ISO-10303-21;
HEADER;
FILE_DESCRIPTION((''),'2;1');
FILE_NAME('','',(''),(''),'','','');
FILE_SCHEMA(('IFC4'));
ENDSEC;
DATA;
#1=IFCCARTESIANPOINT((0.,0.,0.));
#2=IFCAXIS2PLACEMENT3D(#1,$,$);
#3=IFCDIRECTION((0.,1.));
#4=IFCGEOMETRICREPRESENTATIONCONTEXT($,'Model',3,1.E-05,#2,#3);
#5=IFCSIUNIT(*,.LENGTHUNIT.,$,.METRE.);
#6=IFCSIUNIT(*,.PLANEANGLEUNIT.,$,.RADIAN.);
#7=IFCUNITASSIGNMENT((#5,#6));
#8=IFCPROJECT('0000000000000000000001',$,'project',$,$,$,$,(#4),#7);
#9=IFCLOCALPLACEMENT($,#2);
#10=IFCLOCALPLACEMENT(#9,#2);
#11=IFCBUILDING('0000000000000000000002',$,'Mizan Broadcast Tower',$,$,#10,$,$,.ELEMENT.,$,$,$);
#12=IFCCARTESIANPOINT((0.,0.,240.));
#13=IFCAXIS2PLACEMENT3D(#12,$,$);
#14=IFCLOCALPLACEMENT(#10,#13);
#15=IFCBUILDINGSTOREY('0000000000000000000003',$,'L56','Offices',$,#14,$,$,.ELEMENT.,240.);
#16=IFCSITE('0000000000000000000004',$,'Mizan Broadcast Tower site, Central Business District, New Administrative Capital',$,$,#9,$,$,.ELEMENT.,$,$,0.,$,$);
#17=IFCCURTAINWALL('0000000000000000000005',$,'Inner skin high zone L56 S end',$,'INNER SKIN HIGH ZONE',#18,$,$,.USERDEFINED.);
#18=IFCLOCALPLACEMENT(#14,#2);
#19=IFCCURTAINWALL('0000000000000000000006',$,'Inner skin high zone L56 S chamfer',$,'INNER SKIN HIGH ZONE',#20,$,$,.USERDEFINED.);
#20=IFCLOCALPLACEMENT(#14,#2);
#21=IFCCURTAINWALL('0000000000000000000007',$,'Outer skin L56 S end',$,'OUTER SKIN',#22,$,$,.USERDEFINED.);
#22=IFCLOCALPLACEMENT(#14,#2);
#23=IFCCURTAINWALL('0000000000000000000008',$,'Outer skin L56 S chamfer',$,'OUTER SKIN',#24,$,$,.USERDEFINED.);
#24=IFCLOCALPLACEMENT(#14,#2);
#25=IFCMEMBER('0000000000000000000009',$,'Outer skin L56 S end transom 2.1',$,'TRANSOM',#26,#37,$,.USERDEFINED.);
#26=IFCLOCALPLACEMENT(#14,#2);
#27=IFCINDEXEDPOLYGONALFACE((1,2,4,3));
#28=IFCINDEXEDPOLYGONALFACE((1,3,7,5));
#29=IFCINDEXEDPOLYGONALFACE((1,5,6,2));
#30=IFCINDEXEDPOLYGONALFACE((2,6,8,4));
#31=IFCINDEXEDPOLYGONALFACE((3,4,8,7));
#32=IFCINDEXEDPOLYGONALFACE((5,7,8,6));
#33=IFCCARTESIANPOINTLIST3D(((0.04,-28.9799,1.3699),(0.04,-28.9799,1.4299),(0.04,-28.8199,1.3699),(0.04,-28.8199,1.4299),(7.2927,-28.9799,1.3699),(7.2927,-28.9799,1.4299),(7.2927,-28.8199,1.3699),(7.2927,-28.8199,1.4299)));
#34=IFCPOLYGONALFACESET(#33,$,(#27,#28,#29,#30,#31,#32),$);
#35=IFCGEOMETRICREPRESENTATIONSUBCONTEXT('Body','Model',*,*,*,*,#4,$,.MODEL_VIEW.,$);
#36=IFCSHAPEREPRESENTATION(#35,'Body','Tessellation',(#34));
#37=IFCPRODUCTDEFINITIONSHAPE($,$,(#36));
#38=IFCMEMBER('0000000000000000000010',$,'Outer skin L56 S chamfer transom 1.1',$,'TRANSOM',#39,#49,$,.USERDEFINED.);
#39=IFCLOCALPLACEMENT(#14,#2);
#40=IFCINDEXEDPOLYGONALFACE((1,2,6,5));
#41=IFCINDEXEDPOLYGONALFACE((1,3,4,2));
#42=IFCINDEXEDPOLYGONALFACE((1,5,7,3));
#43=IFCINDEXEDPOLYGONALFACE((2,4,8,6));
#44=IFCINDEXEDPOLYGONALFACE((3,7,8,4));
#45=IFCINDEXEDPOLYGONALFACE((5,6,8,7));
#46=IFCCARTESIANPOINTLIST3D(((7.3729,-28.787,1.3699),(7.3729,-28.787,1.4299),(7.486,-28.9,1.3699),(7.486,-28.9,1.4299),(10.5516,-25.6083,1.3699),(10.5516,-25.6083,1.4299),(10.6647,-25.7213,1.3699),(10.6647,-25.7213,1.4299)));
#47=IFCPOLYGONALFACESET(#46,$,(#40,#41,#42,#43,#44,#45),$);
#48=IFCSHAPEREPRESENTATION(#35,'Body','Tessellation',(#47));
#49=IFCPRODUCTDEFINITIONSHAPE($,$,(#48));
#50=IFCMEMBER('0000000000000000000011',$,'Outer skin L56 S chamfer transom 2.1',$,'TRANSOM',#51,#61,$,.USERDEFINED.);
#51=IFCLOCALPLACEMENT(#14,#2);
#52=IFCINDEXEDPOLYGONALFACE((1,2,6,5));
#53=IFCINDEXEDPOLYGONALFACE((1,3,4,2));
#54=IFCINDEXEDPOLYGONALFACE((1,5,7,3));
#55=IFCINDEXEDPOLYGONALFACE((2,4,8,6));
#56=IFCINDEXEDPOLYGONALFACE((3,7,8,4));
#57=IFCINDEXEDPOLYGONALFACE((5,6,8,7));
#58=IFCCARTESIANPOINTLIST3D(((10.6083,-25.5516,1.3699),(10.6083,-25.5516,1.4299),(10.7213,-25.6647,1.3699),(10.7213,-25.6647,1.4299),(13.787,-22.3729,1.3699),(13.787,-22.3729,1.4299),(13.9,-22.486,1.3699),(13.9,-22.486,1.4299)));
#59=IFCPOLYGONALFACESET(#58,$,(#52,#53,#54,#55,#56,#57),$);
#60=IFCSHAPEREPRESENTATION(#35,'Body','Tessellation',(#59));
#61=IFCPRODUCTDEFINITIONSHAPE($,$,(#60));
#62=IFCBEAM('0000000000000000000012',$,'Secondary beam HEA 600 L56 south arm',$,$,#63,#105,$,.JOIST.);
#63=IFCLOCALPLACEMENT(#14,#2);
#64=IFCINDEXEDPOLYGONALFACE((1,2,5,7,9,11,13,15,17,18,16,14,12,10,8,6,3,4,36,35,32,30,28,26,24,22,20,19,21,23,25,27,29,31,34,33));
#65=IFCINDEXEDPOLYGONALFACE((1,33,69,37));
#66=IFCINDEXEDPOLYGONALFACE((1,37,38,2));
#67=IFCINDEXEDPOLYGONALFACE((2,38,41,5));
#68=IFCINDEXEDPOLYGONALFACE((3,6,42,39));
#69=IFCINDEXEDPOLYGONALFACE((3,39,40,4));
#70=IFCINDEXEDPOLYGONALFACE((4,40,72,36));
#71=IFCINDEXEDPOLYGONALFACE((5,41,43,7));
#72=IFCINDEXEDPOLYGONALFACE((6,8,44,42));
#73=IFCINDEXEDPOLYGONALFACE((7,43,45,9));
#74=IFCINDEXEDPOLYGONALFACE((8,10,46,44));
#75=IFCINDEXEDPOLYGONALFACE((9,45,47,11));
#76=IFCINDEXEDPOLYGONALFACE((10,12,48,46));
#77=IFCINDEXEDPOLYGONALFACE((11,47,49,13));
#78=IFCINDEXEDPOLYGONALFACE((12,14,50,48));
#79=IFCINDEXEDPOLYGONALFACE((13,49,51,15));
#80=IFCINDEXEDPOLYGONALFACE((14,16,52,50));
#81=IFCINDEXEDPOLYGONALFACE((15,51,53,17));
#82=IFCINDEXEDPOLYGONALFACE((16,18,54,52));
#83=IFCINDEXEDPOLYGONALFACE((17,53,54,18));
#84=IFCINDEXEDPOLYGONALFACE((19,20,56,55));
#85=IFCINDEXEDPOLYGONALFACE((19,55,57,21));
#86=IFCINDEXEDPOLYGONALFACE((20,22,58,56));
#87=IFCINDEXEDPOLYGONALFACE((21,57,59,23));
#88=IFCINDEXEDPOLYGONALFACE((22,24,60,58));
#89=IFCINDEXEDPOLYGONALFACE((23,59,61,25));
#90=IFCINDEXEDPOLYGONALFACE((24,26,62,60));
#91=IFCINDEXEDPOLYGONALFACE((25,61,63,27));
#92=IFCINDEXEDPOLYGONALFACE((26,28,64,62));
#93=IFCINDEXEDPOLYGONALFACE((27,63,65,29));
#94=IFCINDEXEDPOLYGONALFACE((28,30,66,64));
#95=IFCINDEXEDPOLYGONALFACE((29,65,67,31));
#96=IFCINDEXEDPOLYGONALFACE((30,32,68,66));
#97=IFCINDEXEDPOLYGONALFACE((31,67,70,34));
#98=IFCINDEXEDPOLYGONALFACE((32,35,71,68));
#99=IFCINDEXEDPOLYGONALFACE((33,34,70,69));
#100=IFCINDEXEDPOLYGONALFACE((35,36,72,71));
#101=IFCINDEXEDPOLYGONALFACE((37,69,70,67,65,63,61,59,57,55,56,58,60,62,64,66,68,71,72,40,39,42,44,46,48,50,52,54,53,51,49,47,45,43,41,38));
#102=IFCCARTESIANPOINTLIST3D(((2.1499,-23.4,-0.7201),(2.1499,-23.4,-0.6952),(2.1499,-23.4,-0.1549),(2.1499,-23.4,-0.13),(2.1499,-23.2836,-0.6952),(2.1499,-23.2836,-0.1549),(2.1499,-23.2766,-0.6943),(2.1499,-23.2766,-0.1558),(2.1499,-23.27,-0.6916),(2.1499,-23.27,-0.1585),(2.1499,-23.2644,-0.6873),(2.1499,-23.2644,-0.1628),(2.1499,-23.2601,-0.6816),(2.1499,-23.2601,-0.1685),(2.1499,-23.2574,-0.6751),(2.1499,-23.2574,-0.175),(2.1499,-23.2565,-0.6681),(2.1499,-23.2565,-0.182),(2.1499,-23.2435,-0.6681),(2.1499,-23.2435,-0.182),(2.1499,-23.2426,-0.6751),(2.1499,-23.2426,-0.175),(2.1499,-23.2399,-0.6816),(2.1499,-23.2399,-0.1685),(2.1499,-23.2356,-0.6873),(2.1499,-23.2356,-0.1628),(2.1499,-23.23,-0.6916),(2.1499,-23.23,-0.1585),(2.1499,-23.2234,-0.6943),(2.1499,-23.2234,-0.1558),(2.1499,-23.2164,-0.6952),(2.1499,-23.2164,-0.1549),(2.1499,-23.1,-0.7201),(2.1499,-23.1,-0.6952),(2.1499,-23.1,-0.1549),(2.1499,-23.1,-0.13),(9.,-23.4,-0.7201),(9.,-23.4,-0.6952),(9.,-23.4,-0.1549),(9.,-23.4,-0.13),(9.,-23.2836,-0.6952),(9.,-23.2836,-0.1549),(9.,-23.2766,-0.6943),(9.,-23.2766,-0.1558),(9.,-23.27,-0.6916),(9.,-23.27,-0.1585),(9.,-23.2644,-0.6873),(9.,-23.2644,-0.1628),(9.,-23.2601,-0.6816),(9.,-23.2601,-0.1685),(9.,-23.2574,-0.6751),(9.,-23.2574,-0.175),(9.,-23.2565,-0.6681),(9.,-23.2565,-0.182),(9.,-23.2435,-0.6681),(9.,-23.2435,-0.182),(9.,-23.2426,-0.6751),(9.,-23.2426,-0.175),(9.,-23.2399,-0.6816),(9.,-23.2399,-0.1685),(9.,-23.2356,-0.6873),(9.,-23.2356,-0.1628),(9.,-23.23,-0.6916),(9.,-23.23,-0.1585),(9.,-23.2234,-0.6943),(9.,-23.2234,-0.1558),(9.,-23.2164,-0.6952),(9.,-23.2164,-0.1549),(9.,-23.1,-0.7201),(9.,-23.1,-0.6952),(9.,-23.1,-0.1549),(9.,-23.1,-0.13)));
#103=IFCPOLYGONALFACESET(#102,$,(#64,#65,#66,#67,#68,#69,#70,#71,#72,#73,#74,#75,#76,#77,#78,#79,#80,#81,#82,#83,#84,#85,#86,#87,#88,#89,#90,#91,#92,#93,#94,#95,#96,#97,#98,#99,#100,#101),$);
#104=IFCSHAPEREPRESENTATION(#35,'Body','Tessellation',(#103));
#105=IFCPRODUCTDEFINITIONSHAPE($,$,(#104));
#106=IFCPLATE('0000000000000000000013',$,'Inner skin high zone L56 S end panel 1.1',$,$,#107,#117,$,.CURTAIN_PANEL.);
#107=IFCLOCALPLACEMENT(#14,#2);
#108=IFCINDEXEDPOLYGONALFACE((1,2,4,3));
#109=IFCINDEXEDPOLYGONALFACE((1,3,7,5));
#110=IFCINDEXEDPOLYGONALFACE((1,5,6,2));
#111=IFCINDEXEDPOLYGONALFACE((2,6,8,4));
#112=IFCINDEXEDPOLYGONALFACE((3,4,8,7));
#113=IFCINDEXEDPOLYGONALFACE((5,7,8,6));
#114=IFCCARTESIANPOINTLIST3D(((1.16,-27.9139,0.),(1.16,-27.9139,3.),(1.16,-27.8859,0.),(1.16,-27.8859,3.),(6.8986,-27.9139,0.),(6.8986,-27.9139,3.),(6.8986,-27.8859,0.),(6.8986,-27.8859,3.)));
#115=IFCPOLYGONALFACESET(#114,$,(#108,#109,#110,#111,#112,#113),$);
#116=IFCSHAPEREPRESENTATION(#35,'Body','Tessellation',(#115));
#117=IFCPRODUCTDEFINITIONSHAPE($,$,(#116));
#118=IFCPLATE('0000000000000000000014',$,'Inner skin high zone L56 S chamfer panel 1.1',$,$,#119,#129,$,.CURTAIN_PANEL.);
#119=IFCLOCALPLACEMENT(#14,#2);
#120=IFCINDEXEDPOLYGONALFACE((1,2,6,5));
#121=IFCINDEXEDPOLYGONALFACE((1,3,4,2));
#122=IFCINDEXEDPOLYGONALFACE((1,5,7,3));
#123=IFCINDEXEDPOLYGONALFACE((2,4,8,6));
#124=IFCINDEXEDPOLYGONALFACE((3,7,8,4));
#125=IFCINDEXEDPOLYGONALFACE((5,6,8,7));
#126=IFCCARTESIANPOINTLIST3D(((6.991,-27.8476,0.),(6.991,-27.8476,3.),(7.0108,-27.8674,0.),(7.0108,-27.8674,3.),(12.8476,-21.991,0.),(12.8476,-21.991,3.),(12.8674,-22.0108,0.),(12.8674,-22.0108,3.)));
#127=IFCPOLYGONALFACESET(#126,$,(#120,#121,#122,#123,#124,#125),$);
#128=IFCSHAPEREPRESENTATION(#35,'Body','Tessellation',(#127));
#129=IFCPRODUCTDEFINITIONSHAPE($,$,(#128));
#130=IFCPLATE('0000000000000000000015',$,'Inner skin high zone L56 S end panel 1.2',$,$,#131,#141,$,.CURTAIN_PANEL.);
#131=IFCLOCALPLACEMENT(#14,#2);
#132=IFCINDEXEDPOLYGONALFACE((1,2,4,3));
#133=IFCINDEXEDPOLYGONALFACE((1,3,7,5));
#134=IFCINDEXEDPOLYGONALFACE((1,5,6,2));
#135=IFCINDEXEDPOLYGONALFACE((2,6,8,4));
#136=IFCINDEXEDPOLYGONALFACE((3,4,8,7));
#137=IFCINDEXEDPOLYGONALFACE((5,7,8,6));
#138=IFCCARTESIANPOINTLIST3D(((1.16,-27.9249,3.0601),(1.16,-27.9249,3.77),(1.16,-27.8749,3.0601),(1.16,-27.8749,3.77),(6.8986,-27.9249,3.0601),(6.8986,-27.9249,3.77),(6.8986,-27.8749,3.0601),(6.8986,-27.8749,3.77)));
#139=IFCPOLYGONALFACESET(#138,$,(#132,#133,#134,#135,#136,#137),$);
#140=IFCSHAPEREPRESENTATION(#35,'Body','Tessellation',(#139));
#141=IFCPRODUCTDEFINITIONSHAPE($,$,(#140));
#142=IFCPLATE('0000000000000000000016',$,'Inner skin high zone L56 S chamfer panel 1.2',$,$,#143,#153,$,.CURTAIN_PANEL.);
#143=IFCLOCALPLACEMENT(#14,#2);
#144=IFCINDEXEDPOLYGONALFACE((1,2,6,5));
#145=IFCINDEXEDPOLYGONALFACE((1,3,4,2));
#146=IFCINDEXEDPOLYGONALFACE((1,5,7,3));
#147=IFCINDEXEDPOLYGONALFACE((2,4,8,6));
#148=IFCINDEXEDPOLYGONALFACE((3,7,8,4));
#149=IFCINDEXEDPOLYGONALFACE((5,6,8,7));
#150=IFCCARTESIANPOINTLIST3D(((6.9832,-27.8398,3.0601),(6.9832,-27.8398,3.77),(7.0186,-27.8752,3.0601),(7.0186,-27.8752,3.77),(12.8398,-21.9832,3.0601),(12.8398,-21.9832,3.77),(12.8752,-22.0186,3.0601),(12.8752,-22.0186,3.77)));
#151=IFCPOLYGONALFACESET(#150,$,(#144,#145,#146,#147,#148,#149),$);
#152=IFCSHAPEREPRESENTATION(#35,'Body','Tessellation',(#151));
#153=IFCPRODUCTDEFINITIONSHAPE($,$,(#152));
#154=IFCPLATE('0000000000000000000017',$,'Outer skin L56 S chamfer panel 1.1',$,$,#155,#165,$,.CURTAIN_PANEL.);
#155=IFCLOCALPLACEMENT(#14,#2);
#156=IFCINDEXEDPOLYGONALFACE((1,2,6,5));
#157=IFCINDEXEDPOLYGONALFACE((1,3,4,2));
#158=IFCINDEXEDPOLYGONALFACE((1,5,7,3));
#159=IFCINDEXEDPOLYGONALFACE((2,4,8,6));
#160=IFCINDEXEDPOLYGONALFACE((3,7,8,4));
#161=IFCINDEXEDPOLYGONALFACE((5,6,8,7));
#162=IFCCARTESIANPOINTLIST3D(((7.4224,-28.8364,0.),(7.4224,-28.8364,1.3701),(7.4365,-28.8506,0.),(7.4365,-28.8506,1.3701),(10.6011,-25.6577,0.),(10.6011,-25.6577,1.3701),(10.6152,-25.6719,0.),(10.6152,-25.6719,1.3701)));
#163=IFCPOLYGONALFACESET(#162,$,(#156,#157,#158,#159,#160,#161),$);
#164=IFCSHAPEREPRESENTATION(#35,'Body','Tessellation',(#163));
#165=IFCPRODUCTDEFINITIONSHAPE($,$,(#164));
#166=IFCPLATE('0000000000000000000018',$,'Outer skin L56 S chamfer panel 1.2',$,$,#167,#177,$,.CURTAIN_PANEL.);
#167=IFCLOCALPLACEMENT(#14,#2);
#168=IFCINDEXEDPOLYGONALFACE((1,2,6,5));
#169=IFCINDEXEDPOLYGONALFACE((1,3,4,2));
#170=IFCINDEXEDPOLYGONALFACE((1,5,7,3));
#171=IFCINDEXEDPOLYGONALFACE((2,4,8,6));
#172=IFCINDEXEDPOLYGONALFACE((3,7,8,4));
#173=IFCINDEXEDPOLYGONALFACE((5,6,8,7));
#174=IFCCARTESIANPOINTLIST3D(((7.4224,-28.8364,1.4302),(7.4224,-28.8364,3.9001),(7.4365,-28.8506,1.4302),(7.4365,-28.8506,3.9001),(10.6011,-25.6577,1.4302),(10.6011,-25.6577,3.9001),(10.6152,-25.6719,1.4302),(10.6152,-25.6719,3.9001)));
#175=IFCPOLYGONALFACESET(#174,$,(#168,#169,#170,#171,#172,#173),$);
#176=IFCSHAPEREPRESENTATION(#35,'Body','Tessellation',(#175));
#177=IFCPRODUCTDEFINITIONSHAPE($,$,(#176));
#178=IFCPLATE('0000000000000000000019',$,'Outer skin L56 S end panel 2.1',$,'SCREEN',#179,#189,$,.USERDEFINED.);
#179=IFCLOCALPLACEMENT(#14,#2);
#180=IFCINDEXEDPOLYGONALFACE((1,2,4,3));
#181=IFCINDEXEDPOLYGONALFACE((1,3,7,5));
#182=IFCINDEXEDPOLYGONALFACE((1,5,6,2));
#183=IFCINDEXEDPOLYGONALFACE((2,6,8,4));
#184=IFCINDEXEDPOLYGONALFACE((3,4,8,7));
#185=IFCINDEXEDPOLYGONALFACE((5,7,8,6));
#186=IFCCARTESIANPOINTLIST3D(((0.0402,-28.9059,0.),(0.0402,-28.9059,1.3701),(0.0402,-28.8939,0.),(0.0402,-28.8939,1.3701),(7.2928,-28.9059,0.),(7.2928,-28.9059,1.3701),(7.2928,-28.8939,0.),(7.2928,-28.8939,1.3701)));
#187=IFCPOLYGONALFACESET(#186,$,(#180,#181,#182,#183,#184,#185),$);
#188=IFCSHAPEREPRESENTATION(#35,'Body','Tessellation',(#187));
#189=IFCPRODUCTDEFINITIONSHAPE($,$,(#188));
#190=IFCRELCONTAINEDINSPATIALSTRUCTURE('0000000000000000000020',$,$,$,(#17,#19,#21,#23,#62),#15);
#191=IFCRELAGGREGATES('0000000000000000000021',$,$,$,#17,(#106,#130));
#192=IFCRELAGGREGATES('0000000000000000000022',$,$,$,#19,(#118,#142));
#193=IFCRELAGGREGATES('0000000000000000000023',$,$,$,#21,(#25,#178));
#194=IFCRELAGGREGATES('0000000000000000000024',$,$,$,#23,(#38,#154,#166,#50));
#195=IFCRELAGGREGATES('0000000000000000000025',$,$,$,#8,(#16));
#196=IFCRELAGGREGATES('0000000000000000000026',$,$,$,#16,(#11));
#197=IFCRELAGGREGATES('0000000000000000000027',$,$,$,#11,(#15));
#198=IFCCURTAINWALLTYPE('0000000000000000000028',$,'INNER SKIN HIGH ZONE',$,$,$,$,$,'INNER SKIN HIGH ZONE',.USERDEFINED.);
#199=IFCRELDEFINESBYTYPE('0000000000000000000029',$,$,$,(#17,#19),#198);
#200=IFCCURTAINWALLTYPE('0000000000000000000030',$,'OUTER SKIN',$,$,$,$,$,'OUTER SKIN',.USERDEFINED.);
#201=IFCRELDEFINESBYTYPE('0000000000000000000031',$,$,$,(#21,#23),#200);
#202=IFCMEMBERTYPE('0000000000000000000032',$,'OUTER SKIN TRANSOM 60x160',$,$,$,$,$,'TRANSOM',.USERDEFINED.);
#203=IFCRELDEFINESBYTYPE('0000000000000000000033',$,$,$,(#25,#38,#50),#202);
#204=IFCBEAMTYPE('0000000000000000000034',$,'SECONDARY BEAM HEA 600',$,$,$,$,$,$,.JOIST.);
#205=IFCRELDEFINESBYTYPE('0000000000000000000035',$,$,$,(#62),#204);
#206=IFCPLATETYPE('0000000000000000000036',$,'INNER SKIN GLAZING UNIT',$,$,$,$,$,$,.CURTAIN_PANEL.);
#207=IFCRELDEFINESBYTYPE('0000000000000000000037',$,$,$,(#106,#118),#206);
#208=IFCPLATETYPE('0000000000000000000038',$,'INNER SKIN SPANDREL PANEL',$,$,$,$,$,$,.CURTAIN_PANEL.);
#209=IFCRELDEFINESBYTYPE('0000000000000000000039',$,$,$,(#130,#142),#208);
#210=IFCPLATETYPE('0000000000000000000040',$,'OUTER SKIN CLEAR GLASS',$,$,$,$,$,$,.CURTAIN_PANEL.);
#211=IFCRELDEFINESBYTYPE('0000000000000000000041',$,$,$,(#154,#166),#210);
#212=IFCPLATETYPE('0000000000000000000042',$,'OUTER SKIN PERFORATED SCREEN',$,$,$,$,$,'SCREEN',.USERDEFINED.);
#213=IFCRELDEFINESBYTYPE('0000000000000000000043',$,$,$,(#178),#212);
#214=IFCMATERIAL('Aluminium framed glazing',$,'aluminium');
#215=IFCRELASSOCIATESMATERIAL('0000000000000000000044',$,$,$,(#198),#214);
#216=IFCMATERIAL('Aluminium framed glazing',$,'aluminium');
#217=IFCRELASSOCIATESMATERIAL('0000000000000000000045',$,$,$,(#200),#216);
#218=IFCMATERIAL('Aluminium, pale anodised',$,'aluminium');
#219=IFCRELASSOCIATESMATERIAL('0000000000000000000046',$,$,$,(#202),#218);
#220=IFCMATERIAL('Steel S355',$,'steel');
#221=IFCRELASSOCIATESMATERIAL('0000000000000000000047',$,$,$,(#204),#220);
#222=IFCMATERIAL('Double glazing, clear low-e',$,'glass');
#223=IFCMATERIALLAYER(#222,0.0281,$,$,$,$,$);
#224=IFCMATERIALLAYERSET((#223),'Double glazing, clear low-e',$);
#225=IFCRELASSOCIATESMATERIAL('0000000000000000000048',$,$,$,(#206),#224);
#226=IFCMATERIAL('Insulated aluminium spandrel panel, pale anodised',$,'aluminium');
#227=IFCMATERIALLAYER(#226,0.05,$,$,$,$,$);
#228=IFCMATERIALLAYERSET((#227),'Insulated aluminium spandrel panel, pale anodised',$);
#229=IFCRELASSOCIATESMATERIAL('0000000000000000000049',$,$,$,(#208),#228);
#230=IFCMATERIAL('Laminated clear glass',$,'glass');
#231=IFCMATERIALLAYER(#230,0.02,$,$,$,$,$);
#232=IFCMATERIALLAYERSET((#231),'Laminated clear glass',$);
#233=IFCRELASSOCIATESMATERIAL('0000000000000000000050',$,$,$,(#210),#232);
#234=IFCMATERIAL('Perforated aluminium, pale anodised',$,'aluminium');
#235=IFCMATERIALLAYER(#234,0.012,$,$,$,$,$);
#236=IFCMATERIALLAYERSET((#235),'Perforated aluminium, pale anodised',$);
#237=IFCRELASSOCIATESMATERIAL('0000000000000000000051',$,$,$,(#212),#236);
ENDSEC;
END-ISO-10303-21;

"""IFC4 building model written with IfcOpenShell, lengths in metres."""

from ifc_helpers import new_model, si_unit, direction, frame, origin, origin_2d, place, context, subcontext, project, spatial, rectangle, i_section, extrude, material, layer, layer_set, material_profile, profile_set, type_object, element, aggregate, save


model = new_model("IFC4")

# Units and contexts
model_context = context("Model", 3, precision=1e-05, world=origin(), true_north=direction((0.0, 1.0)))
body_context = subcontext(model_context, "Body", "Model", "MODEL_VIEW")
ifc_project = project(units=[si_unit("LENGTHUNIT", "METRE"), si_unit("PLANEANGLEUNIT", "RADIAN")], contexts=[model_context])

# Site, building, storey
site_placement = place(None, origin())
site = spatial("IfcSite", under=ifc_project, at=site_placement, Name="Mizan Broadcast Tower site, Central Business District, New Administrative Capital", CompositionType="ELEMENT", RefElevation=0.0)
building_placement = place(site_placement, origin())
building = spatial("IfcBuilding", under=site, at=building_placement, Name="Mizan Broadcast Tower", CompositionType="ELEMENT")
storey_placement = place(building_placement, frame((0.0, 0.0, 240.0)))
storey = spatial("IfcBuildingStorey", under=building, at=storey_placement, Name="L56", Description="Offices", CompositionType="ELEMENT", Elevation=240.0)

# Curtain wall
ifc_material_1 = material(Name="Aluminium framed glazing", Category="aluminium")
curtain_wall_type_1 = type_object("IfcCurtainWallType", Name="INNER SKIN HIGH ZONE", ElementType="INNER SKIN HIGH ZONE", PredefinedType="USERDEFINED", material=ifc_material_1)
curtain_wall_1_placement = place(storey_placement, origin())
curtain_wall_1 = element("IfcCurtainWall", 1, at=curtain_wall_1_placement, inside=storey, type_object=curtain_wall_type_1, Name="Inner skin high zone L56 S end", ObjectType="INNER SKIN HIGH ZONE", PredefinedType="USERDEFINED")

# Curtain wall
curtain_wall_2_placement = place(storey_placement, origin())
curtain_wall_2 = element("IfcCurtainWall", 2, at=curtain_wall_2_placement, inside=storey, type_object=curtain_wall_type_1, Name="Inner skin high zone L56 S chamfer", ObjectType="INNER SKIN HIGH ZONE", PredefinedType="USERDEFINED")

# Curtain wall
ifc_material_2 = material(Name="Aluminium framed glazing", Category="aluminium")
curtain_wall_type_2 = type_object("IfcCurtainWallType", Name="OUTER SKIN", ElementType="OUTER SKIN", PredefinedType="USERDEFINED", material=ifc_material_2)
curtain_wall_3_placement = place(storey_placement, origin())
curtain_wall_3 = element("IfcCurtainWall", 3, at=curtain_wall_3_placement, inside=storey, type_object=curtain_wall_type_2, Name="Outer skin L56 S end", ObjectType="OUTER SKIN", PredefinedType="USERDEFINED")

# Curtain wall
curtain_wall_4_placement = place(storey_placement, origin())
curtain_wall_4 = element("IfcCurtainWall", 4, at=curtain_wall_4_placement, inside=storey, type_object=curtain_wall_type_2, Name="Outer skin L56 S chamfer", ObjectType="OUTER SKIN", PredefinedType="USERDEFINED")

# Members
ifc_material_3 = material(Name="Aluminium, pale anodised", Category="aluminium")
ifc_material_profile_1 = material_profile(ifc_material_3, rectangle(XDim=0.1599, YDim=0.0601, at=origin_2d()), Name="TRANSOM 160x60")
ifc_profile_set_1 = profile_set([ifc_material_profile_1], Name="Aluminium, pale anodised")
member_type_1 = type_object("IfcMemberType", Name="OUTER SKIN TRANSOM 60x160", ElementType="TRANSOM", PredefinedType="USERDEFINED", material=ifc_profile_set_1)
member_1_placement = place(storey_placement, frame((0.04, -28.8999, 1.3999), z_axis=(1.0, 0.0, 0.0), x_axis=(0.0, 1.0, 0.0)))
member_1 = element("IfcMember", 5, at=member_1_placement, type_object=member_type_1, Name="Outer skin L56 S end transom 2.1", ObjectType="TRANSOM", PredefinedType="USERDEFINED", context=body_context, shape_type="SweptSolid", body=[
    extrude(rectangle(XDim=0.1599, YDim=0.0601, at=origin_2d()), origin(), (0.0, 0.0, 1.0), 7.2527),
])
member_2_placement = place(storey_placement, frame((7.4294, -28.8435, 1.3999), z_axis=(0.707107, 0.707107, 0.0), x_axis=(-0.707107, 0.707107, 0.0)))
member_2 = element("IfcMember", 6, at=member_2_placement, type_object=member_type_1, Name="Outer skin L56 S chamfer transom 1.1", ObjectType="TRANSOM", PredefinedType="USERDEFINED", context=body_context, shape_type="SweptSolid", body=[
    extrude(rectangle(XDim=0.1599, YDim=0.0601, at=origin_2d()), origin(), (0.0, 0.0, 1.0), 4.4954),
])
member_3_placement = place(storey_placement, frame((10.6648, -25.6082, 1.3999), z_axis=(0.707107, 0.707107, 0.0), x_axis=(-0.707107, 0.707107, 0.0)))
member_3 = element("IfcMember", 7, at=member_3_placement, type_object=member_type_1, Name="Outer skin L56 S chamfer transom 2.1", ObjectType="TRANSOM", PredefinedType="USERDEFINED", context=body_context, shape_type="SweptSolid", body=[
    extrude(rectangle(XDim=0.1599, YDim=0.0601, at=origin_2d()), origin(), (0.0, 0.0, 1.0), 4.4954),
])

# Beam
ifc_material_4 = material(Name="Steel S355", Category="steel")
ifc_material_profile_2 = material_profile(ifc_material_4, i_section(OverallWidth=0.3, OverallDepth=0.5901, WebThickness=0.0129, FlangeThickness=0.0249, FilletRadius=0.0271, at=origin_2d()), Name="HEA 600")
ifc_profile_set_2 = profile_set([ifc_material_profile_2], Name="Steel S355")
beam_type_1 = type_object("IfcBeamType", Name="SECONDARY BEAM HEA 600", PredefinedType="JOIST", material=ifc_profile_set_2)
beam_1_placement = place(storey_placement, frame((9.0, -23.25, -0.425), z_axis=(-1.0, 0.0, 0.0), x_axis=(0.0, -1.0, 0.0)))
element("IfcBeam", 8, at=beam_1_placement, inside=storey, type_object=beam_type_1, Name="Secondary beam HEA 600 L56 south arm", PredefinedType="JOIST", context=body_context, shape_type="SweptSolid", body=[
    extrude(i_section(OverallWidth=0.3, OverallDepth=0.5901, WebThickness=0.0129, FlangeThickness=0.0249, FilletRadius=0.0271, at=origin_2d()), origin(), (0.0, 0.0, 1.0), 6.8501),
])

# Plates
ifc_material_5 = material(Name="Double glazing, clear low-e", Category="glass")
ifc_layer_1 = layer(ifc_material_5, 0.0281)
ifc_layer_set_1 = layer_set([ifc_layer_1], Name="Double glazing, clear low-e")
plate_type_1 = type_object("IfcPlateType", Name="INNER SKIN GLAZING UNIT", PredefinedType="CURTAIN_PANEL", material=ifc_layer_set_1)
plate_1_placement = place(storey_placement, frame((4.0293, -27.8999, 0.0), z_axis=(0.0, 0.0, 1.0), x_axis=(1.0, 0.0, 0.0)))
plate_1 = element("IfcPlate", 9, at=plate_1_placement, type_object=plate_type_1, Name="Inner skin high zone L56 S end panel 1.1", PredefinedType="CURTAIN_PANEL", context=body_context, shape_type="SweptSolid", body=[
    extrude(rectangle(XDim=5.7385, YDim=0.0281, at=origin_2d()), origin(), (0.0, 0.0, 1.0), 3.0),
])
plate_2_placement = place(storey_placement, frame((9.9292, -24.9292, 0.0), z_axis=(0.0, 0.0, 1.0), x_axis=(0.707107, 0.707107, 0.0)))
plate_2 = element("IfcPlate", 10, at=plate_2_placement, type_object=plate_type_1, Name="Inner skin high zone L56 S chamfer panel 1.1", PredefinedType="CURTAIN_PANEL", context=body_context, shape_type="SweptSolid", body=[
    extrude(rectangle(XDim=8.2825, YDim=0.0281, at=origin_2d()), origin(), (0.0, 0.0, 1.0), 3.0),
])
ifc_material_6 = material(Name="Insulated aluminium spandrel panel, pale anodised", Category="aluminium")
ifc_layer_2 = layer(ifc_material_6, 0.05)
ifc_layer_set_2 = layer_set([ifc_layer_2], Name="Insulated aluminium spandrel panel, pale anodised")
plate_type_2 = type_object("IfcPlateType", Name="INNER SKIN SPANDREL PANEL", PredefinedType="CURTAIN_PANEL", material=ifc_layer_set_2)
plate_3_placement = place(storey_placement, frame((4.0293, -27.8999, 3.0601), z_axis=(0.0, 0.0, 1.0), x_axis=(1.0, 0.0, 0.0)))
plate_3 = element("IfcPlate", 11, at=plate_3_placement, type_object=plate_type_2, Name="Inner skin high zone L56 S end panel 1.2", PredefinedType="CURTAIN_PANEL", context=body_context, shape_type="SweptSolid", body=[
    extrude(rectangle(XDim=5.7385, YDim=0.05, at=origin_2d()), origin(), (0.0, 0.0, 1.0), 0.71),
])
aggregate(curtain_wall_1, [plate_1, plate_3])
plate_4_placement = place(storey_placement, frame((9.9292, -24.9292, 3.0601), z_axis=(0.0, 0.0, 1.0), x_axis=(0.707107, 0.707107, 0.0)))
plate_4 = element("IfcPlate", 12, at=plate_4_placement, type_object=plate_type_2, Name="Inner skin high zone L56 S chamfer panel 1.2", PredefinedType="CURTAIN_PANEL", context=body_context, shape_type="SweptSolid", body=[
    extrude(rectangle(XDim=8.2825, YDim=0.05, at=origin_2d()), origin(), (0.0, 0.0, 1.0), 0.71),
])
aggregate(curtain_wall_2, [plate_2, plate_4])
ifc_material_7 = material(Name="Laminated clear glass", Category="glass")
ifc_layer_3 = layer(ifc_material_7, 0.02)
ifc_layer_set_3 = layer_set([ifc_layer_3], Name="Laminated clear glass")
plate_type_3 = type_object("IfcPlateType", Name="OUTER SKIN CLEAR GLASS", PredefinedType="CURTAIN_PANEL", material=ifc_layer_set_3)
plate_5_placement = place(storey_placement, frame((9.0188, -27.2542, 0.0), z_axis=(0.0, 0.0, 1.0), x_axis=(0.707107, 0.707107, 0.0)))
plate_5 = element("IfcPlate", 13, at=plate_5_placement, type_object=plate_type_3, Name="Outer skin L56 S chamfer panel 1.1", PredefinedType="CURTAIN_PANEL", context=body_context, shape_type="SweptSolid", body=[
    extrude(rectangle(XDim=4.4954, YDim=0.02, at=origin_2d()), origin(), (0.0, 0.0, 1.0), 1.3701),
])
plate_6_placement = place(storey_placement, frame((9.0188, -27.2542, 1.4302), z_axis=(0.0, 0.0, 1.0), x_axis=(0.707107, 0.707107, 0.0)))
plate_6 = element("IfcPlate", 14, at=plate_6_placement, type_object=plate_type_3, Name="Outer skin L56 S chamfer panel 1.2", PredefinedType="CURTAIN_PANEL", context=body_context, shape_type="SweptSolid", body=[
    extrude(rectangle(XDim=4.4954, YDim=0.02, at=origin_2d()), origin(), (0.0, 0.0, 1.0), 2.47),
])
ifc_material_8 = material(Name="Perforated aluminium, pale anodised", Category="aluminium")
ifc_layer_4 = layer(ifc_material_8, 0.012)
ifc_layer_set_4 = layer_set([ifc_layer_4], Name="Perforated aluminium, pale anodised")
plate_type_4 = type_object("IfcPlateType", Name="OUTER SKIN PERFORATED SCREEN", ElementType="SCREEN", PredefinedType="USERDEFINED", material=ifc_layer_set_4)
plate_7_placement = place(storey_placement, frame((3.6665, -28.8999, 0.0), z_axis=(0.0, 0.0, 1.0), x_axis=(1.0, 0.0, 0.0)))
plate_7 = element("IfcPlate", 15, at=plate_7_placement, type_object=plate_type_4, Name="Outer skin L56 S end panel 2.1", ObjectType="SCREEN", PredefinedType="USERDEFINED", context=body_context, shape_type="SweptSolid", body=[
    extrude(rectangle(XDim=7.2527, YDim=0.012, at=origin_2d()), origin(), (0.0, 0.0, 1.0), 1.3701),
])
aggregate(curtain_wall_3, [member_1, plate_7])
aggregate(curtain_wall_4, [member_2, plate_5, plate_6, member_3])

save(model, "model.ifc")
